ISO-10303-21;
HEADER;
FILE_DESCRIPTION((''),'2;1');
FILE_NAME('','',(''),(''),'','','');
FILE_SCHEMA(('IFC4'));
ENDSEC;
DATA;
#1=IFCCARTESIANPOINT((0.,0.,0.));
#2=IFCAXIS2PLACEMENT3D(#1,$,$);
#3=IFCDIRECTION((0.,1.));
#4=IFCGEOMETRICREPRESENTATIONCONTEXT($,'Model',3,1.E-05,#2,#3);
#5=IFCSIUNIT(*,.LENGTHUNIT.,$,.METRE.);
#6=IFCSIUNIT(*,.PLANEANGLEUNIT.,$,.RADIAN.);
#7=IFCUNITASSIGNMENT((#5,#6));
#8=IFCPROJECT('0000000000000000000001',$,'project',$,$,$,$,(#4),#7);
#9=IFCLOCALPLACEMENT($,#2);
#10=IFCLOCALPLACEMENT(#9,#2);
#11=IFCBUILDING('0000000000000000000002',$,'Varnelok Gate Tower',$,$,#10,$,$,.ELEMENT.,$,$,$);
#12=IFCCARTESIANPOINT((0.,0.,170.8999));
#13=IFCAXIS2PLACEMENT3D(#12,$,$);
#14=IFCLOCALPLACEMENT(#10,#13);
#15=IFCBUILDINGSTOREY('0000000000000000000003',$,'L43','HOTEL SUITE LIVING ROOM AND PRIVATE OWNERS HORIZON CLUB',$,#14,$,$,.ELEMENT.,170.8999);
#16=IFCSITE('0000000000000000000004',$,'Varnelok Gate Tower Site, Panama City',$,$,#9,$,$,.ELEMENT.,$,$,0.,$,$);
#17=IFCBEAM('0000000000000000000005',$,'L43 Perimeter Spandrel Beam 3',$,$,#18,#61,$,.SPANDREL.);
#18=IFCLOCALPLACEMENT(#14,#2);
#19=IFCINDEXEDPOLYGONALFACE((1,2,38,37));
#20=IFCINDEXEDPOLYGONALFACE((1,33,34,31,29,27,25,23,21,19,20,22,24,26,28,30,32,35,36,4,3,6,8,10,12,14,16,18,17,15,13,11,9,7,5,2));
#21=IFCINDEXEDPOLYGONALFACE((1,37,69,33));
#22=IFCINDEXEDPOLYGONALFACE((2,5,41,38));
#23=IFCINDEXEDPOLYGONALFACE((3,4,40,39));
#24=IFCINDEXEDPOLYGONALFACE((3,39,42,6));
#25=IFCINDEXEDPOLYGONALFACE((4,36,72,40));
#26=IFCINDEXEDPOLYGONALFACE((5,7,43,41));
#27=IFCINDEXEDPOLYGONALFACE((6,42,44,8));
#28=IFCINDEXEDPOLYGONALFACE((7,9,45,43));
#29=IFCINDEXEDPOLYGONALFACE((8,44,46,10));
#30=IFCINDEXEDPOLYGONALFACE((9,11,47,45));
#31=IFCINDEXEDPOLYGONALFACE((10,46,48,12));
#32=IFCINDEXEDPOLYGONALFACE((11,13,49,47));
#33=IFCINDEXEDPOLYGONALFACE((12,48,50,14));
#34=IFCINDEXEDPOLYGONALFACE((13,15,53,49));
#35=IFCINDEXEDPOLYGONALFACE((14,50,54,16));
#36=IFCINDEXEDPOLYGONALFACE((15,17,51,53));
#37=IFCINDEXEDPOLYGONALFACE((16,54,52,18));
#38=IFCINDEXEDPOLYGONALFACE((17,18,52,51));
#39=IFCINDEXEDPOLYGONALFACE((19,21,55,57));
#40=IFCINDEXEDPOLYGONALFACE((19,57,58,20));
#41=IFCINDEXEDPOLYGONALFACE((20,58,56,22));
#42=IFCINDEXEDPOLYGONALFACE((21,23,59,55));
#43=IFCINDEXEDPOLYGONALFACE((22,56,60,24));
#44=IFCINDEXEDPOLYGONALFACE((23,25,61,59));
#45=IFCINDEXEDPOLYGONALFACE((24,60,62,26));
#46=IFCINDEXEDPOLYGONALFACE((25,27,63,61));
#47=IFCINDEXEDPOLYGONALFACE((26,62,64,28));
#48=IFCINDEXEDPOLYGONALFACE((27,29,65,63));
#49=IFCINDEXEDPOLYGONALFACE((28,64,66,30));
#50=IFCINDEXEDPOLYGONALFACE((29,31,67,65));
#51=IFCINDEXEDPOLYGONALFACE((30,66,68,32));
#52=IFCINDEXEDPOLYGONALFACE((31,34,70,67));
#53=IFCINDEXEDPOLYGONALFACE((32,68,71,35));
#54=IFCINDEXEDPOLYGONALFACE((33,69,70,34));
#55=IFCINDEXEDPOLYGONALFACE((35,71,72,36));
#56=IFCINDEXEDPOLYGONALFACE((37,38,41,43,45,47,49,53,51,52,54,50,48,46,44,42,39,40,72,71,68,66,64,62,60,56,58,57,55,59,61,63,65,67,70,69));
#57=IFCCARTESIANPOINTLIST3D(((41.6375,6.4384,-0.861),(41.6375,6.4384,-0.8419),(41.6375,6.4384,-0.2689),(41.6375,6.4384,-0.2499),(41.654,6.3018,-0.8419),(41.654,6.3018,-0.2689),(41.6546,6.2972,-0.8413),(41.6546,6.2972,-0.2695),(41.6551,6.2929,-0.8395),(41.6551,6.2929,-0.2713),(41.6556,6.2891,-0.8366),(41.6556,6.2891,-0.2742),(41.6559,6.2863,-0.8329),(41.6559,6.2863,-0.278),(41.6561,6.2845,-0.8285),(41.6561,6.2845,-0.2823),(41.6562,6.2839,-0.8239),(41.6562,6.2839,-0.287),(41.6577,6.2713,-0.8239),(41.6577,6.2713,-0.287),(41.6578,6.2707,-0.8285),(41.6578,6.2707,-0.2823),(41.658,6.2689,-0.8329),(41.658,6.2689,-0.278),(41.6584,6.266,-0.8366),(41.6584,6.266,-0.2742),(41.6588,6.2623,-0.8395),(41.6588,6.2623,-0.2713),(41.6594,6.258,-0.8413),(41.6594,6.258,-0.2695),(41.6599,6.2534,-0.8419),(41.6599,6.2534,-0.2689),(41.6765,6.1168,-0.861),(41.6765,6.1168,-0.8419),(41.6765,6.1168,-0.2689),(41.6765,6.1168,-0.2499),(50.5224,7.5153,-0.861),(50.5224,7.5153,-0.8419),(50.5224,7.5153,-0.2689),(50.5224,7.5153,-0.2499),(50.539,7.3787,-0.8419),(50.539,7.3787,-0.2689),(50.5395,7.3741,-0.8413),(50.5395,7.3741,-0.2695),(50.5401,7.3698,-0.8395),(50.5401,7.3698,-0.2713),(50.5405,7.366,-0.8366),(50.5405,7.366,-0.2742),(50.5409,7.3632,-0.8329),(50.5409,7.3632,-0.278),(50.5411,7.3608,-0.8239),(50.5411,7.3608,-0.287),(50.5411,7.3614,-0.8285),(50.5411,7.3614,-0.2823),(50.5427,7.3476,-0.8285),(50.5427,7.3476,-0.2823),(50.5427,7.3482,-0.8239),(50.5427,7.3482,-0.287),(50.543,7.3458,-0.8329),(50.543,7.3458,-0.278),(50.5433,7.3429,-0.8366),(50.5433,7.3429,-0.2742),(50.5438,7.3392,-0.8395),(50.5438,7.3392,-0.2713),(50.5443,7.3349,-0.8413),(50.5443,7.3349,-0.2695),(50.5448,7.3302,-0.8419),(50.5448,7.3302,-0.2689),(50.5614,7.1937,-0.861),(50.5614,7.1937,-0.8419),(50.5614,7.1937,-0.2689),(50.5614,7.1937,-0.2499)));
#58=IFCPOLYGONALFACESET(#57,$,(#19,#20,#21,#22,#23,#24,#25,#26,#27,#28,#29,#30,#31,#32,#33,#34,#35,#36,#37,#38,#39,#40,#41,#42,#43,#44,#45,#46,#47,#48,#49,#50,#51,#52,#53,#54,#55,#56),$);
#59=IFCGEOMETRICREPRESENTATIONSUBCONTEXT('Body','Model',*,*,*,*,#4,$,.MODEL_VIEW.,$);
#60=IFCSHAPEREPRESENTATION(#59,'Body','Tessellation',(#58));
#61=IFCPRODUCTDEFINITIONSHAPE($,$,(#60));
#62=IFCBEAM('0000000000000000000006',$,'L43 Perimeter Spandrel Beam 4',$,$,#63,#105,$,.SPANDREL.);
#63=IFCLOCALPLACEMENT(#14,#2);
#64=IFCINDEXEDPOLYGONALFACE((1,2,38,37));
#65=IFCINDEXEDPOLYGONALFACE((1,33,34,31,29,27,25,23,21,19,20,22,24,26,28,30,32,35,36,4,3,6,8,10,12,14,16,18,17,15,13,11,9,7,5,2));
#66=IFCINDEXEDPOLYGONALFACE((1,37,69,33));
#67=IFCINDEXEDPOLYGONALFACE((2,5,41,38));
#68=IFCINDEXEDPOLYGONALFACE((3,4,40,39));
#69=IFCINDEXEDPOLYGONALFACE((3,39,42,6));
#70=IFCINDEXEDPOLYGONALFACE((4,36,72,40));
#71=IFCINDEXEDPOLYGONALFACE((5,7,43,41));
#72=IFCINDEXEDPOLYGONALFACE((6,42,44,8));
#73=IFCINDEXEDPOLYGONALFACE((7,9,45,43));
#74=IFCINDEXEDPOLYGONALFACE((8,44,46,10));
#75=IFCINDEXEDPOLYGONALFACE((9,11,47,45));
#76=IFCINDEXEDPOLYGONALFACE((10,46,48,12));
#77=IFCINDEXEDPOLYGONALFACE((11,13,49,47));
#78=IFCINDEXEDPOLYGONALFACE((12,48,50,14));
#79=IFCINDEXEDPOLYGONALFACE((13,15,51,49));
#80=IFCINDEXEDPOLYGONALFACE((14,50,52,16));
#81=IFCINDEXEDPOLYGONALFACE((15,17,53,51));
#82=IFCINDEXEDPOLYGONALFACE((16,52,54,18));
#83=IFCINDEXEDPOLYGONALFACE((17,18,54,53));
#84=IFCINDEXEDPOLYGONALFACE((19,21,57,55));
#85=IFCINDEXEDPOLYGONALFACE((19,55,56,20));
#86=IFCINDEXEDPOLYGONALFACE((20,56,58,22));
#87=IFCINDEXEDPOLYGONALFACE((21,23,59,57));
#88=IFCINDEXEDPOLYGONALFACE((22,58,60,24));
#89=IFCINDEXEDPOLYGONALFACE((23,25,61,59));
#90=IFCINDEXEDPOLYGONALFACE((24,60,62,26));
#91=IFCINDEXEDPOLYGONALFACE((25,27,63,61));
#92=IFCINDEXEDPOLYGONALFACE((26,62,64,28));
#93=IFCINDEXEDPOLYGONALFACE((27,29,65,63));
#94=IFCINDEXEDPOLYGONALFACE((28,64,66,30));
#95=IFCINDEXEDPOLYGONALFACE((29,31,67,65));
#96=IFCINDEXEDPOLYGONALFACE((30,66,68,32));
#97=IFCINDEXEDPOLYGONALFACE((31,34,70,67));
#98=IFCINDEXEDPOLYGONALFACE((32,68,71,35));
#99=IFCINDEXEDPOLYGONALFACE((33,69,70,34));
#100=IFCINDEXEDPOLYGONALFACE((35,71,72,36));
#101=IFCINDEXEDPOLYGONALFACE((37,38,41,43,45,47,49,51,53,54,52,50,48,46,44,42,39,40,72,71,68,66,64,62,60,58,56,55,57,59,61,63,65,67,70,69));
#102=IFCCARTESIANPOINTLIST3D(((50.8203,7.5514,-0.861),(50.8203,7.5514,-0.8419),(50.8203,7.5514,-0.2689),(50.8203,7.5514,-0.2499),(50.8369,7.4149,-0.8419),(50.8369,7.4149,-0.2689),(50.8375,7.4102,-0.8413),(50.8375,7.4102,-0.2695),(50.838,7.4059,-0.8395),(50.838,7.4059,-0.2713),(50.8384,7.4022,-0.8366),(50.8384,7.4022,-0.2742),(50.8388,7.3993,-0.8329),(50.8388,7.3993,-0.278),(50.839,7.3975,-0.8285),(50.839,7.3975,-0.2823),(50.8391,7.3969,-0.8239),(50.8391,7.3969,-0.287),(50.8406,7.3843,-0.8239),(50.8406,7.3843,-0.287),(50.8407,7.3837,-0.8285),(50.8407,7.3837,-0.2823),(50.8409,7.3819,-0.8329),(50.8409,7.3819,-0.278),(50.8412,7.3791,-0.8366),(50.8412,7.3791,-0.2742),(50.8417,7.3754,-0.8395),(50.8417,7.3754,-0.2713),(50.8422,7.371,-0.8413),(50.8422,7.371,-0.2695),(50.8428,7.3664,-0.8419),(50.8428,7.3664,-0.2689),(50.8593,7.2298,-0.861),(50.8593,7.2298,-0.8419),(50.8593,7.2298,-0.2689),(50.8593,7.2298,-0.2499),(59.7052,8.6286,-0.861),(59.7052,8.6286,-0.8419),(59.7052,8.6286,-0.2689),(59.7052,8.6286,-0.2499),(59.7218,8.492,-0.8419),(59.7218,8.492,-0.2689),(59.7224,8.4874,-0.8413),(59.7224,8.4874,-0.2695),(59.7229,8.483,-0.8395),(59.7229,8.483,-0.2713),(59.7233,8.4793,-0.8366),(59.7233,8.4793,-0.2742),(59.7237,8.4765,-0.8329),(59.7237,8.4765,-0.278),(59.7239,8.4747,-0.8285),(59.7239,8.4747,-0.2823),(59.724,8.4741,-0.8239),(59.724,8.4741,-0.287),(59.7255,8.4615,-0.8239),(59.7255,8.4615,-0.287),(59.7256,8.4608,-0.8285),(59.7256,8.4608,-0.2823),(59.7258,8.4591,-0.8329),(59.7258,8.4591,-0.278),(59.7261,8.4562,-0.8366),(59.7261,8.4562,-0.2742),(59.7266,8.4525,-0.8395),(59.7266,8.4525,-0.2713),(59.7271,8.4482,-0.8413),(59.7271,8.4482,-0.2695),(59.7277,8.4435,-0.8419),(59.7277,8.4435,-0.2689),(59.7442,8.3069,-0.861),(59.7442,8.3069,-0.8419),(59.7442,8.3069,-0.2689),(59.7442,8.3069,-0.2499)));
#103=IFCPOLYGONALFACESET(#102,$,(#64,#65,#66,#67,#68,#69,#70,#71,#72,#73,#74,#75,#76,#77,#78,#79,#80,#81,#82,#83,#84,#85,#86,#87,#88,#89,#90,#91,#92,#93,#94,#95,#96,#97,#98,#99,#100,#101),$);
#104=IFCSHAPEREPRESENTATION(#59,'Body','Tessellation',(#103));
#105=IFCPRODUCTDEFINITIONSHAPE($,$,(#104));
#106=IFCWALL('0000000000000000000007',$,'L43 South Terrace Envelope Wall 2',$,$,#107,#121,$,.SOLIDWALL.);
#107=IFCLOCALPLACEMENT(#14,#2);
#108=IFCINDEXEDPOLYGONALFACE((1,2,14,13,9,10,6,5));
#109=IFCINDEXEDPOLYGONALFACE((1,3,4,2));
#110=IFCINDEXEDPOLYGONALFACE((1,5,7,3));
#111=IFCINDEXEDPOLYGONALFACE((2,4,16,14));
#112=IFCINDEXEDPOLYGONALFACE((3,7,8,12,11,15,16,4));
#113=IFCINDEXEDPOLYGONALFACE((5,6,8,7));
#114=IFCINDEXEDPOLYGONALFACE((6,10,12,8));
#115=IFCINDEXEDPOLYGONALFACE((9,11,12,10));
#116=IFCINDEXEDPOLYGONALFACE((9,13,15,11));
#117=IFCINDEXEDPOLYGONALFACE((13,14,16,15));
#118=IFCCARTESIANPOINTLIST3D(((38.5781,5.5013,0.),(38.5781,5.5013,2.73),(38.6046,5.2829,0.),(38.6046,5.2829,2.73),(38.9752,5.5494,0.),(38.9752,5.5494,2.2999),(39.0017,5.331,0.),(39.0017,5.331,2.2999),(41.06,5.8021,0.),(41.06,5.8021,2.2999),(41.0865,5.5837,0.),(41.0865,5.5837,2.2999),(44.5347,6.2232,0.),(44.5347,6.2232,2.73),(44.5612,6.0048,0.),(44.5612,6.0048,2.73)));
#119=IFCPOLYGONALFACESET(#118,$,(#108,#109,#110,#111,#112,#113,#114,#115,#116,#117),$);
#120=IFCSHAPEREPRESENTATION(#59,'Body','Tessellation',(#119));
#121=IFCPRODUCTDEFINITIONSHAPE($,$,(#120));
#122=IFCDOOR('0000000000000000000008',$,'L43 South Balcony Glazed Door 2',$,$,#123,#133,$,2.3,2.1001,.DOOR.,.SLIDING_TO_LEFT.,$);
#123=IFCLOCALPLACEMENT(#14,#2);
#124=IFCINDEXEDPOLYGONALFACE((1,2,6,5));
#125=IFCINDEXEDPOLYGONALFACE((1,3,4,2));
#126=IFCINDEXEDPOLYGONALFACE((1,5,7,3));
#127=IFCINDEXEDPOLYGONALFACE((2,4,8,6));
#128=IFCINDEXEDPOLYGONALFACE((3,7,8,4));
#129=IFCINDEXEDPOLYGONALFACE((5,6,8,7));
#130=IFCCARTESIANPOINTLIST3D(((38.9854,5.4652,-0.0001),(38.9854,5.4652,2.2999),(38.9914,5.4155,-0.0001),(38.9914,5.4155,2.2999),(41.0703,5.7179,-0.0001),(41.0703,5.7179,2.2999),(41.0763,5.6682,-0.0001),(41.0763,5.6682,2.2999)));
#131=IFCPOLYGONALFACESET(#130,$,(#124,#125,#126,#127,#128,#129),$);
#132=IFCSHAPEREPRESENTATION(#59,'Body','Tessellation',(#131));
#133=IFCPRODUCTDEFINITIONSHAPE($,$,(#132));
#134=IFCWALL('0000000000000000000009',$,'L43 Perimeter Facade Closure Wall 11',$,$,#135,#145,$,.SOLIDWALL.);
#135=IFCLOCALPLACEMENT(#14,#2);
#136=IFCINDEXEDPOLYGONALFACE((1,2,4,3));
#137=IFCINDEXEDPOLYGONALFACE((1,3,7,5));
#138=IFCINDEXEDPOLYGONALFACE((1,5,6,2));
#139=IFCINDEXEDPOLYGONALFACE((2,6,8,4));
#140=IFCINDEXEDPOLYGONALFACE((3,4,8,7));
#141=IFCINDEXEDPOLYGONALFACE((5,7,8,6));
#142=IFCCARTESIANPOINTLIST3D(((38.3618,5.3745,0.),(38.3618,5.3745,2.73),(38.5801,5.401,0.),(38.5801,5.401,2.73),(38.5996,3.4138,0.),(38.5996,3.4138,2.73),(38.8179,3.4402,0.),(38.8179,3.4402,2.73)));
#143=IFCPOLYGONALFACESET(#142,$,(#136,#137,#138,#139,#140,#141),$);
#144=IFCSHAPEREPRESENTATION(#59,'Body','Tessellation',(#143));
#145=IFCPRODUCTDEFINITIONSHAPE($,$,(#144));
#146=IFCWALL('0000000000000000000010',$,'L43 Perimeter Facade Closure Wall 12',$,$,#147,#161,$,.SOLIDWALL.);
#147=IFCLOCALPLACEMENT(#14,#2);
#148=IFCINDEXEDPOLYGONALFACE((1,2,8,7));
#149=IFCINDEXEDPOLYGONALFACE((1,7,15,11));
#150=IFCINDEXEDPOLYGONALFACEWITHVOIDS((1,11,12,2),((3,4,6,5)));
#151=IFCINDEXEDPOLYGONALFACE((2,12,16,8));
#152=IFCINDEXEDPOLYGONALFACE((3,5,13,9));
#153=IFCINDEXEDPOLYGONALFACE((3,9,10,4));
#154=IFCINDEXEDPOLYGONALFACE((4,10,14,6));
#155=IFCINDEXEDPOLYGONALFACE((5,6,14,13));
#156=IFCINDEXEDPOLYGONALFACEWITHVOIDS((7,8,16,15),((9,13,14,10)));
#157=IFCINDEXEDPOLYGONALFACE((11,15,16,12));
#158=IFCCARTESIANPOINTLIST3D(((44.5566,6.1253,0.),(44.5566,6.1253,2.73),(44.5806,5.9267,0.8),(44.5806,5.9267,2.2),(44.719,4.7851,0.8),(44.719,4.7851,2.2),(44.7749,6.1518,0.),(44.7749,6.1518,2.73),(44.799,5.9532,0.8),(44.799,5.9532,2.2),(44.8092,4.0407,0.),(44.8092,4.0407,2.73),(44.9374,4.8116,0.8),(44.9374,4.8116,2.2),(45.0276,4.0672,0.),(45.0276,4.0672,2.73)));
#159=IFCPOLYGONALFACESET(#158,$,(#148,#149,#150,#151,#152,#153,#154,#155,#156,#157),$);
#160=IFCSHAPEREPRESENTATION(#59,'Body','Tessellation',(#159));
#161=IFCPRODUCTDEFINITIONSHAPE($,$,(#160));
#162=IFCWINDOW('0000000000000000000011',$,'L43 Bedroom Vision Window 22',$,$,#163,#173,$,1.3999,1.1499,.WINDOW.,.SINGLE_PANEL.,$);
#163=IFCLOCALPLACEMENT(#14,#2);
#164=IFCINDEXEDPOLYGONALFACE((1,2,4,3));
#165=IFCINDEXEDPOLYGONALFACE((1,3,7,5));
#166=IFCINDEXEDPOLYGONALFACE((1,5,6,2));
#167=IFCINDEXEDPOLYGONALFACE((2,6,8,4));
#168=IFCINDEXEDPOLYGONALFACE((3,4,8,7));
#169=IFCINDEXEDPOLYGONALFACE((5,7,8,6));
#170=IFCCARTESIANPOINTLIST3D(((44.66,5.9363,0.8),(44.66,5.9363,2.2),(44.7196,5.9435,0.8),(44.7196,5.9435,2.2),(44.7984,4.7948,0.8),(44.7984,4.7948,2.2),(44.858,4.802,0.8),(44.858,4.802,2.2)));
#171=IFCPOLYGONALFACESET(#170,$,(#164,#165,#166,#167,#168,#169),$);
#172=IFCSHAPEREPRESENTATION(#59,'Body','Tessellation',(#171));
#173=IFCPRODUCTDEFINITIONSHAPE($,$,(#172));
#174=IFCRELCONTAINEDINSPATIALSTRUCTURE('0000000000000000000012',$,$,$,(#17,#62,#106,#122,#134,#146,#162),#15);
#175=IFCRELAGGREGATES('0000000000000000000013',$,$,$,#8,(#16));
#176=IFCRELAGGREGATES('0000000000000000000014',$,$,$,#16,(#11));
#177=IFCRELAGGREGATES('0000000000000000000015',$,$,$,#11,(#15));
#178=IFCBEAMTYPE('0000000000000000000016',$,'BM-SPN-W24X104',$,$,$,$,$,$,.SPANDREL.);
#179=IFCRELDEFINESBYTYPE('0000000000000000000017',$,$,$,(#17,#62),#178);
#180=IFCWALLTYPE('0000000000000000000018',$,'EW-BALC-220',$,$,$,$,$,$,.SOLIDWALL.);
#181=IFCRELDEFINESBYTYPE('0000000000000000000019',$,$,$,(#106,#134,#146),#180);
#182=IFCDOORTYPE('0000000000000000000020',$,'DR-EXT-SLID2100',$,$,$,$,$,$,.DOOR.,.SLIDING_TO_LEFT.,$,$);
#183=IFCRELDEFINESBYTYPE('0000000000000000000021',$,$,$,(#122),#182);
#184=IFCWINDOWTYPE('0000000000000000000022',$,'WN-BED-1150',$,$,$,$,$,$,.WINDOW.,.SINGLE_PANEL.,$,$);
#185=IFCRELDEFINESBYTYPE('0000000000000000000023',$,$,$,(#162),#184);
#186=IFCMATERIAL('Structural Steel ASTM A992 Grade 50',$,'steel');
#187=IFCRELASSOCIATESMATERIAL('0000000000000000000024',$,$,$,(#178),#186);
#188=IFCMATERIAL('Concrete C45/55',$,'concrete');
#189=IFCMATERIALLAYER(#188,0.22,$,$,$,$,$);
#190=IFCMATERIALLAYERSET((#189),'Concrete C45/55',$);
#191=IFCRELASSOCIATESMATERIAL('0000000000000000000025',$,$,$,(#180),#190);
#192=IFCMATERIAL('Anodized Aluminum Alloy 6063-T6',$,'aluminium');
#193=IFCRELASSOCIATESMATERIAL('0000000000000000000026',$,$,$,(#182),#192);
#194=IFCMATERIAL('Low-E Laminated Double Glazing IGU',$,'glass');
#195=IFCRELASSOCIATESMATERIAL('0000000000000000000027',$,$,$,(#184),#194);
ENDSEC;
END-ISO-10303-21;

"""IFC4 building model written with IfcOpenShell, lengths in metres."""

from ifc_helpers import new_model, si_unit, direction, frame, frame_2d, origin, origin_2d, place, context, subcontext, project, spatial, rectangle, i_section, extrude, material, layer, layer_set, material_profile, profile_set, type_object, element, fill, save


model = new_model("IFC4")

# Units and contexts
model_context = context("Model", 3, precision=1e-05, world=origin(), true_north=direction((0.0, 1.0)))
body_context = subcontext(model_context, "Body", "Model", "MODEL_VIEW")
ifc_project = project(units=[si_unit("LENGTHUNIT", "METRE"), si_unit("PLANEANGLEUNIT", "RADIAN")], contexts=[model_context])

# Site, building, storey
site_placement = place(None, origin())
site = spatial("IfcSite", under=ifc_project, at=site_placement, Name="Varnelok Gate Tower Site, Panama City", CompositionType="ELEMENT", RefElevation=0.0)
building_placement = place(site_placement, origin())
building = spatial("IfcBuilding", under=site, at=building_placement, Name="Varnelok Gate Tower", CompositionType="ELEMENT")
storey_placement = place(building_placement, frame((0.0, 0.0, 170.8999)))
storey = spatial("IfcBuildingStorey", under=building, at=storey_placement, Name="L43", Description="HOTEL SUITE LIVING ROOM AND PRIVATE OWNERS HORIZON CLUB", CompositionType="ELEMENT", Elevation=170.8999)

# Shared definitions
ifc_material_1 = material(Name="Structural Steel ASTM A992 Grade 50", Category="steel")

# Beams
ifc_material_profile_1 = material_profile(ifc_material_1, i_section(OverallWidth=0.324, OverallDepth=0.6111, WebThickness=0.0127, FlangeThickness=0.019, FilletRadius=0.0181, at=origin_2d()), Name="W24X104")
ifc_profile_set_1 = profile_set([ifc_material_profile_1], Name="Structural Steel ASTM A992 Grade 50")
beam_type_1 = type_object("IfcBeamType", Name="BM-SPN-W24X104", PredefinedType="SPANDREL", material=ifc_profile_set_1)
for number, where, z_axis, x_axis, name in (
    (1, (41.657, 6.2776, -0.5554), (0.992735, 0.120324, 0.0), (-0.120324, 0.992735, 0.0), "L43 Perimeter Spandrel Beam 3"),
    (2, (50.8398, 7.3906, -0.5554), (0.992731, 0.120351, 0.0), (-0.120351, 0.992731, 0.0), "L43 Perimeter Spandrel Beam 4"),
):
    element("IfcBeam", number, at=place(storey_placement, frame(where, z_axis=z_axis, x_axis=x_axis)), inside=storey, type_object=beam_type_1, Name=name, PredefinedType="SPANDREL", context=body_context, shape_type="SweptSolid", body=[
        extrude(i_section(OverallWidth=0.324, OverallDepth=0.6111, WebThickness=0.0127, FlangeThickness=0.019, FilletRadius=0.0181, at=origin_2d()), origin(), (0.0, 0.0, 1.0), 8.95),
    ])

# Wall, opening, door
ifc_material_2 = material(Name="Concrete C45/55", Category="concrete")
ifc_layer_1 = layer(ifc_material_2, 0.22)
ifc_layer_set_1 = layer_set([ifc_layer_1], Name="Concrete C45/55")
wall_type_1 = type_object("IfcWallType", Name="EW-BALC-220", PredefinedType="SOLIDWALL", material=ifc_layer_set_1)
wall_1_placement = place(storey_placement, frame((44.5479, 6.114, 0.0), z_axis=(0.0, 0.0, 1.0), x_axis=(-0.992735, -0.120318, 0.0)))
wall_1 = element("IfcWall", 3, at=wall_1_placement, inside=storey, type_object=wall_type_1, Name="L43 South Terrace Envelope Wall 2", PredefinedType="SOLIDWALL", context=body_context, shape_type="SweptSolid", body=[
    extrude(rectangle(XDim=6.0002, YDim=0.22, at=frame_2d((3.0, 0.0))), origin(), (0.0, 0.0, 1.0), 2.73),
])
opening_1_placement = place(wall_1_placement, frame((3.5, 0.0, 0.0)))
opening_1 = element("IfcOpeningElement", 4, at=opening_1_placement, cuts=wall_1, PredefinedType="OPENING", context=body_context, shape_type="SweptSolid", body=[
    extrude(rectangle(XDim=2.1001, YDim=2.3, at=frame_2d((1.05, 1.1499))), frame((0.0, 0.1199, 0.0), z_axis=(0.0, -1.0, 0.0), x_axis=(1.0, 0.0, 0.0)), (0.0, 0.0, 1.0), 0.24),
])
ifc_material_3 = material(Name="Anodized Aluminum Alloy 6063-T6", Category="aluminium")
door_type_1 = type_object("IfcDoorType", Name="DR-EXT-SLID2100", OperationType="SLIDING_TO_LEFT", PredefinedType="DOOR", material=ifc_material_3)
door_1_placement = place(opening_1_placement, origin())
door_1 = element("IfcDoor", 5, at=door_1_placement, inside=storey, type_object=door_type_1, Name="L43 South Balcony Glazed Door 2", OperationType="SLIDING_TO_LEFT", OverallHeight=2.3, OverallWidth=2.1001, PredefinedType="DOOR", context=body_context, shape_type="SweptSolid", body=[
    extrude(rectangle(XDim=2.1001, YDim=2.3, at=frame_2d((1.05, 1.1499))), frame((0.0, 0.0249, 0.0), z_axis=(0.0, -1.0, 0.0), x_axis=(1.0, 0.0, 0.0)), (0.0, 0.0, 1.0), 0.05),
])
fill(opening_1, door_1)

# Wall
wall_2_placement = place(storey_placement, frame((38.7087, 3.427, 0.0), z_axis=(0.0, 0.0, 1.0), x_axis=(-0.120398, 0.992726, 0.0)))
element("IfcWall", 6, at=wall_2_placement, inside=storey, type_object=wall_type_1, Name="L43 Perimeter Facade Closure Wall 11", PredefinedType="SOLIDWALL", context=body_context, shape_type="SweptSolid", body=[
    extrude(rectangle(XDim=1.9751, YDim=0.22, at=frame_2d((0.9875, 0.0))), origin(), (0.0, 0.0, 1.0), 2.73),
])

# Wall, opening, window
wall_3_placement = place(storey_placement, frame((44.6658, 6.1384, 0.0), z_axis=(0.0, 0.0, 1.0), x_axis=(0.120328, -0.992734, 0.0)))
wall_3 = element("IfcWall", 7, at=wall_3_placement, inside=storey, type_object=wall_type_1, Name="L43 Perimeter Facade Closure Wall 12", PredefinedType="SOLIDWALL", context=body_context, shape_type="SweptSolid", body=[
    extrude(rectangle(XDim=2.0999, YDim=0.22, at=frame_2d((1.0498, 0.0))), origin(), (0.0, 0.0, 1.0), 2.73),
])
opening_2_placement = place(wall_3_placement, frame((0.2, 0.0, 0.8)))
opening_2 = element("IfcOpeningElement", 8, at=opening_2_placement, cuts=wall_3, PredefinedType="OPENING", context=body_context, shape_type="SweptSolid", body=[
    extrude(rectangle(XDim=1.1499, YDim=1.3999, at=frame_2d((0.575, 0.7))), frame((0.0, 0.1199, 0.0), z_axis=(0.0, -1.0, 0.0), x_axis=(1.0, 0.0, 0.0)), (0.0, 0.0, 1.0), 0.24),
])
ifc_material_4 = material(Name="Low-E Laminated Double Glazing IGU", Category="glass")
window_type_1 = type_object("IfcWindowType", Name="WN-BED-1150", PartitioningType="SINGLE_PANEL", PredefinedType="WINDOW", material=ifc_material_4)
window_1_placement = place(opening_2_placement, origin())
window_1 = element("IfcWindow", 9, at=window_1_placement, inside=storey, type_object=window_type_1, Name="L43 Bedroom Vision Window 22", OverallHeight=1.3999, OverallWidth=1.1499, PartitioningType="SINGLE_PANEL", PredefinedType="WINDOW", context=body_context, shape_type="SweptSolid", body=[
    extrude(rectangle(XDim=1.1499, YDim=1.3999, at=frame_2d((0.575, 0.7))), frame((0.0, 0.03, 0.0), z_axis=(0.0, -1.0, 0.0), x_axis=(1.0, 0.0, 0.0)), (0.0, 0.0, 1.0), 0.0601),
])
fill(opening_2, window_1)

save(model, "model.ifc")
